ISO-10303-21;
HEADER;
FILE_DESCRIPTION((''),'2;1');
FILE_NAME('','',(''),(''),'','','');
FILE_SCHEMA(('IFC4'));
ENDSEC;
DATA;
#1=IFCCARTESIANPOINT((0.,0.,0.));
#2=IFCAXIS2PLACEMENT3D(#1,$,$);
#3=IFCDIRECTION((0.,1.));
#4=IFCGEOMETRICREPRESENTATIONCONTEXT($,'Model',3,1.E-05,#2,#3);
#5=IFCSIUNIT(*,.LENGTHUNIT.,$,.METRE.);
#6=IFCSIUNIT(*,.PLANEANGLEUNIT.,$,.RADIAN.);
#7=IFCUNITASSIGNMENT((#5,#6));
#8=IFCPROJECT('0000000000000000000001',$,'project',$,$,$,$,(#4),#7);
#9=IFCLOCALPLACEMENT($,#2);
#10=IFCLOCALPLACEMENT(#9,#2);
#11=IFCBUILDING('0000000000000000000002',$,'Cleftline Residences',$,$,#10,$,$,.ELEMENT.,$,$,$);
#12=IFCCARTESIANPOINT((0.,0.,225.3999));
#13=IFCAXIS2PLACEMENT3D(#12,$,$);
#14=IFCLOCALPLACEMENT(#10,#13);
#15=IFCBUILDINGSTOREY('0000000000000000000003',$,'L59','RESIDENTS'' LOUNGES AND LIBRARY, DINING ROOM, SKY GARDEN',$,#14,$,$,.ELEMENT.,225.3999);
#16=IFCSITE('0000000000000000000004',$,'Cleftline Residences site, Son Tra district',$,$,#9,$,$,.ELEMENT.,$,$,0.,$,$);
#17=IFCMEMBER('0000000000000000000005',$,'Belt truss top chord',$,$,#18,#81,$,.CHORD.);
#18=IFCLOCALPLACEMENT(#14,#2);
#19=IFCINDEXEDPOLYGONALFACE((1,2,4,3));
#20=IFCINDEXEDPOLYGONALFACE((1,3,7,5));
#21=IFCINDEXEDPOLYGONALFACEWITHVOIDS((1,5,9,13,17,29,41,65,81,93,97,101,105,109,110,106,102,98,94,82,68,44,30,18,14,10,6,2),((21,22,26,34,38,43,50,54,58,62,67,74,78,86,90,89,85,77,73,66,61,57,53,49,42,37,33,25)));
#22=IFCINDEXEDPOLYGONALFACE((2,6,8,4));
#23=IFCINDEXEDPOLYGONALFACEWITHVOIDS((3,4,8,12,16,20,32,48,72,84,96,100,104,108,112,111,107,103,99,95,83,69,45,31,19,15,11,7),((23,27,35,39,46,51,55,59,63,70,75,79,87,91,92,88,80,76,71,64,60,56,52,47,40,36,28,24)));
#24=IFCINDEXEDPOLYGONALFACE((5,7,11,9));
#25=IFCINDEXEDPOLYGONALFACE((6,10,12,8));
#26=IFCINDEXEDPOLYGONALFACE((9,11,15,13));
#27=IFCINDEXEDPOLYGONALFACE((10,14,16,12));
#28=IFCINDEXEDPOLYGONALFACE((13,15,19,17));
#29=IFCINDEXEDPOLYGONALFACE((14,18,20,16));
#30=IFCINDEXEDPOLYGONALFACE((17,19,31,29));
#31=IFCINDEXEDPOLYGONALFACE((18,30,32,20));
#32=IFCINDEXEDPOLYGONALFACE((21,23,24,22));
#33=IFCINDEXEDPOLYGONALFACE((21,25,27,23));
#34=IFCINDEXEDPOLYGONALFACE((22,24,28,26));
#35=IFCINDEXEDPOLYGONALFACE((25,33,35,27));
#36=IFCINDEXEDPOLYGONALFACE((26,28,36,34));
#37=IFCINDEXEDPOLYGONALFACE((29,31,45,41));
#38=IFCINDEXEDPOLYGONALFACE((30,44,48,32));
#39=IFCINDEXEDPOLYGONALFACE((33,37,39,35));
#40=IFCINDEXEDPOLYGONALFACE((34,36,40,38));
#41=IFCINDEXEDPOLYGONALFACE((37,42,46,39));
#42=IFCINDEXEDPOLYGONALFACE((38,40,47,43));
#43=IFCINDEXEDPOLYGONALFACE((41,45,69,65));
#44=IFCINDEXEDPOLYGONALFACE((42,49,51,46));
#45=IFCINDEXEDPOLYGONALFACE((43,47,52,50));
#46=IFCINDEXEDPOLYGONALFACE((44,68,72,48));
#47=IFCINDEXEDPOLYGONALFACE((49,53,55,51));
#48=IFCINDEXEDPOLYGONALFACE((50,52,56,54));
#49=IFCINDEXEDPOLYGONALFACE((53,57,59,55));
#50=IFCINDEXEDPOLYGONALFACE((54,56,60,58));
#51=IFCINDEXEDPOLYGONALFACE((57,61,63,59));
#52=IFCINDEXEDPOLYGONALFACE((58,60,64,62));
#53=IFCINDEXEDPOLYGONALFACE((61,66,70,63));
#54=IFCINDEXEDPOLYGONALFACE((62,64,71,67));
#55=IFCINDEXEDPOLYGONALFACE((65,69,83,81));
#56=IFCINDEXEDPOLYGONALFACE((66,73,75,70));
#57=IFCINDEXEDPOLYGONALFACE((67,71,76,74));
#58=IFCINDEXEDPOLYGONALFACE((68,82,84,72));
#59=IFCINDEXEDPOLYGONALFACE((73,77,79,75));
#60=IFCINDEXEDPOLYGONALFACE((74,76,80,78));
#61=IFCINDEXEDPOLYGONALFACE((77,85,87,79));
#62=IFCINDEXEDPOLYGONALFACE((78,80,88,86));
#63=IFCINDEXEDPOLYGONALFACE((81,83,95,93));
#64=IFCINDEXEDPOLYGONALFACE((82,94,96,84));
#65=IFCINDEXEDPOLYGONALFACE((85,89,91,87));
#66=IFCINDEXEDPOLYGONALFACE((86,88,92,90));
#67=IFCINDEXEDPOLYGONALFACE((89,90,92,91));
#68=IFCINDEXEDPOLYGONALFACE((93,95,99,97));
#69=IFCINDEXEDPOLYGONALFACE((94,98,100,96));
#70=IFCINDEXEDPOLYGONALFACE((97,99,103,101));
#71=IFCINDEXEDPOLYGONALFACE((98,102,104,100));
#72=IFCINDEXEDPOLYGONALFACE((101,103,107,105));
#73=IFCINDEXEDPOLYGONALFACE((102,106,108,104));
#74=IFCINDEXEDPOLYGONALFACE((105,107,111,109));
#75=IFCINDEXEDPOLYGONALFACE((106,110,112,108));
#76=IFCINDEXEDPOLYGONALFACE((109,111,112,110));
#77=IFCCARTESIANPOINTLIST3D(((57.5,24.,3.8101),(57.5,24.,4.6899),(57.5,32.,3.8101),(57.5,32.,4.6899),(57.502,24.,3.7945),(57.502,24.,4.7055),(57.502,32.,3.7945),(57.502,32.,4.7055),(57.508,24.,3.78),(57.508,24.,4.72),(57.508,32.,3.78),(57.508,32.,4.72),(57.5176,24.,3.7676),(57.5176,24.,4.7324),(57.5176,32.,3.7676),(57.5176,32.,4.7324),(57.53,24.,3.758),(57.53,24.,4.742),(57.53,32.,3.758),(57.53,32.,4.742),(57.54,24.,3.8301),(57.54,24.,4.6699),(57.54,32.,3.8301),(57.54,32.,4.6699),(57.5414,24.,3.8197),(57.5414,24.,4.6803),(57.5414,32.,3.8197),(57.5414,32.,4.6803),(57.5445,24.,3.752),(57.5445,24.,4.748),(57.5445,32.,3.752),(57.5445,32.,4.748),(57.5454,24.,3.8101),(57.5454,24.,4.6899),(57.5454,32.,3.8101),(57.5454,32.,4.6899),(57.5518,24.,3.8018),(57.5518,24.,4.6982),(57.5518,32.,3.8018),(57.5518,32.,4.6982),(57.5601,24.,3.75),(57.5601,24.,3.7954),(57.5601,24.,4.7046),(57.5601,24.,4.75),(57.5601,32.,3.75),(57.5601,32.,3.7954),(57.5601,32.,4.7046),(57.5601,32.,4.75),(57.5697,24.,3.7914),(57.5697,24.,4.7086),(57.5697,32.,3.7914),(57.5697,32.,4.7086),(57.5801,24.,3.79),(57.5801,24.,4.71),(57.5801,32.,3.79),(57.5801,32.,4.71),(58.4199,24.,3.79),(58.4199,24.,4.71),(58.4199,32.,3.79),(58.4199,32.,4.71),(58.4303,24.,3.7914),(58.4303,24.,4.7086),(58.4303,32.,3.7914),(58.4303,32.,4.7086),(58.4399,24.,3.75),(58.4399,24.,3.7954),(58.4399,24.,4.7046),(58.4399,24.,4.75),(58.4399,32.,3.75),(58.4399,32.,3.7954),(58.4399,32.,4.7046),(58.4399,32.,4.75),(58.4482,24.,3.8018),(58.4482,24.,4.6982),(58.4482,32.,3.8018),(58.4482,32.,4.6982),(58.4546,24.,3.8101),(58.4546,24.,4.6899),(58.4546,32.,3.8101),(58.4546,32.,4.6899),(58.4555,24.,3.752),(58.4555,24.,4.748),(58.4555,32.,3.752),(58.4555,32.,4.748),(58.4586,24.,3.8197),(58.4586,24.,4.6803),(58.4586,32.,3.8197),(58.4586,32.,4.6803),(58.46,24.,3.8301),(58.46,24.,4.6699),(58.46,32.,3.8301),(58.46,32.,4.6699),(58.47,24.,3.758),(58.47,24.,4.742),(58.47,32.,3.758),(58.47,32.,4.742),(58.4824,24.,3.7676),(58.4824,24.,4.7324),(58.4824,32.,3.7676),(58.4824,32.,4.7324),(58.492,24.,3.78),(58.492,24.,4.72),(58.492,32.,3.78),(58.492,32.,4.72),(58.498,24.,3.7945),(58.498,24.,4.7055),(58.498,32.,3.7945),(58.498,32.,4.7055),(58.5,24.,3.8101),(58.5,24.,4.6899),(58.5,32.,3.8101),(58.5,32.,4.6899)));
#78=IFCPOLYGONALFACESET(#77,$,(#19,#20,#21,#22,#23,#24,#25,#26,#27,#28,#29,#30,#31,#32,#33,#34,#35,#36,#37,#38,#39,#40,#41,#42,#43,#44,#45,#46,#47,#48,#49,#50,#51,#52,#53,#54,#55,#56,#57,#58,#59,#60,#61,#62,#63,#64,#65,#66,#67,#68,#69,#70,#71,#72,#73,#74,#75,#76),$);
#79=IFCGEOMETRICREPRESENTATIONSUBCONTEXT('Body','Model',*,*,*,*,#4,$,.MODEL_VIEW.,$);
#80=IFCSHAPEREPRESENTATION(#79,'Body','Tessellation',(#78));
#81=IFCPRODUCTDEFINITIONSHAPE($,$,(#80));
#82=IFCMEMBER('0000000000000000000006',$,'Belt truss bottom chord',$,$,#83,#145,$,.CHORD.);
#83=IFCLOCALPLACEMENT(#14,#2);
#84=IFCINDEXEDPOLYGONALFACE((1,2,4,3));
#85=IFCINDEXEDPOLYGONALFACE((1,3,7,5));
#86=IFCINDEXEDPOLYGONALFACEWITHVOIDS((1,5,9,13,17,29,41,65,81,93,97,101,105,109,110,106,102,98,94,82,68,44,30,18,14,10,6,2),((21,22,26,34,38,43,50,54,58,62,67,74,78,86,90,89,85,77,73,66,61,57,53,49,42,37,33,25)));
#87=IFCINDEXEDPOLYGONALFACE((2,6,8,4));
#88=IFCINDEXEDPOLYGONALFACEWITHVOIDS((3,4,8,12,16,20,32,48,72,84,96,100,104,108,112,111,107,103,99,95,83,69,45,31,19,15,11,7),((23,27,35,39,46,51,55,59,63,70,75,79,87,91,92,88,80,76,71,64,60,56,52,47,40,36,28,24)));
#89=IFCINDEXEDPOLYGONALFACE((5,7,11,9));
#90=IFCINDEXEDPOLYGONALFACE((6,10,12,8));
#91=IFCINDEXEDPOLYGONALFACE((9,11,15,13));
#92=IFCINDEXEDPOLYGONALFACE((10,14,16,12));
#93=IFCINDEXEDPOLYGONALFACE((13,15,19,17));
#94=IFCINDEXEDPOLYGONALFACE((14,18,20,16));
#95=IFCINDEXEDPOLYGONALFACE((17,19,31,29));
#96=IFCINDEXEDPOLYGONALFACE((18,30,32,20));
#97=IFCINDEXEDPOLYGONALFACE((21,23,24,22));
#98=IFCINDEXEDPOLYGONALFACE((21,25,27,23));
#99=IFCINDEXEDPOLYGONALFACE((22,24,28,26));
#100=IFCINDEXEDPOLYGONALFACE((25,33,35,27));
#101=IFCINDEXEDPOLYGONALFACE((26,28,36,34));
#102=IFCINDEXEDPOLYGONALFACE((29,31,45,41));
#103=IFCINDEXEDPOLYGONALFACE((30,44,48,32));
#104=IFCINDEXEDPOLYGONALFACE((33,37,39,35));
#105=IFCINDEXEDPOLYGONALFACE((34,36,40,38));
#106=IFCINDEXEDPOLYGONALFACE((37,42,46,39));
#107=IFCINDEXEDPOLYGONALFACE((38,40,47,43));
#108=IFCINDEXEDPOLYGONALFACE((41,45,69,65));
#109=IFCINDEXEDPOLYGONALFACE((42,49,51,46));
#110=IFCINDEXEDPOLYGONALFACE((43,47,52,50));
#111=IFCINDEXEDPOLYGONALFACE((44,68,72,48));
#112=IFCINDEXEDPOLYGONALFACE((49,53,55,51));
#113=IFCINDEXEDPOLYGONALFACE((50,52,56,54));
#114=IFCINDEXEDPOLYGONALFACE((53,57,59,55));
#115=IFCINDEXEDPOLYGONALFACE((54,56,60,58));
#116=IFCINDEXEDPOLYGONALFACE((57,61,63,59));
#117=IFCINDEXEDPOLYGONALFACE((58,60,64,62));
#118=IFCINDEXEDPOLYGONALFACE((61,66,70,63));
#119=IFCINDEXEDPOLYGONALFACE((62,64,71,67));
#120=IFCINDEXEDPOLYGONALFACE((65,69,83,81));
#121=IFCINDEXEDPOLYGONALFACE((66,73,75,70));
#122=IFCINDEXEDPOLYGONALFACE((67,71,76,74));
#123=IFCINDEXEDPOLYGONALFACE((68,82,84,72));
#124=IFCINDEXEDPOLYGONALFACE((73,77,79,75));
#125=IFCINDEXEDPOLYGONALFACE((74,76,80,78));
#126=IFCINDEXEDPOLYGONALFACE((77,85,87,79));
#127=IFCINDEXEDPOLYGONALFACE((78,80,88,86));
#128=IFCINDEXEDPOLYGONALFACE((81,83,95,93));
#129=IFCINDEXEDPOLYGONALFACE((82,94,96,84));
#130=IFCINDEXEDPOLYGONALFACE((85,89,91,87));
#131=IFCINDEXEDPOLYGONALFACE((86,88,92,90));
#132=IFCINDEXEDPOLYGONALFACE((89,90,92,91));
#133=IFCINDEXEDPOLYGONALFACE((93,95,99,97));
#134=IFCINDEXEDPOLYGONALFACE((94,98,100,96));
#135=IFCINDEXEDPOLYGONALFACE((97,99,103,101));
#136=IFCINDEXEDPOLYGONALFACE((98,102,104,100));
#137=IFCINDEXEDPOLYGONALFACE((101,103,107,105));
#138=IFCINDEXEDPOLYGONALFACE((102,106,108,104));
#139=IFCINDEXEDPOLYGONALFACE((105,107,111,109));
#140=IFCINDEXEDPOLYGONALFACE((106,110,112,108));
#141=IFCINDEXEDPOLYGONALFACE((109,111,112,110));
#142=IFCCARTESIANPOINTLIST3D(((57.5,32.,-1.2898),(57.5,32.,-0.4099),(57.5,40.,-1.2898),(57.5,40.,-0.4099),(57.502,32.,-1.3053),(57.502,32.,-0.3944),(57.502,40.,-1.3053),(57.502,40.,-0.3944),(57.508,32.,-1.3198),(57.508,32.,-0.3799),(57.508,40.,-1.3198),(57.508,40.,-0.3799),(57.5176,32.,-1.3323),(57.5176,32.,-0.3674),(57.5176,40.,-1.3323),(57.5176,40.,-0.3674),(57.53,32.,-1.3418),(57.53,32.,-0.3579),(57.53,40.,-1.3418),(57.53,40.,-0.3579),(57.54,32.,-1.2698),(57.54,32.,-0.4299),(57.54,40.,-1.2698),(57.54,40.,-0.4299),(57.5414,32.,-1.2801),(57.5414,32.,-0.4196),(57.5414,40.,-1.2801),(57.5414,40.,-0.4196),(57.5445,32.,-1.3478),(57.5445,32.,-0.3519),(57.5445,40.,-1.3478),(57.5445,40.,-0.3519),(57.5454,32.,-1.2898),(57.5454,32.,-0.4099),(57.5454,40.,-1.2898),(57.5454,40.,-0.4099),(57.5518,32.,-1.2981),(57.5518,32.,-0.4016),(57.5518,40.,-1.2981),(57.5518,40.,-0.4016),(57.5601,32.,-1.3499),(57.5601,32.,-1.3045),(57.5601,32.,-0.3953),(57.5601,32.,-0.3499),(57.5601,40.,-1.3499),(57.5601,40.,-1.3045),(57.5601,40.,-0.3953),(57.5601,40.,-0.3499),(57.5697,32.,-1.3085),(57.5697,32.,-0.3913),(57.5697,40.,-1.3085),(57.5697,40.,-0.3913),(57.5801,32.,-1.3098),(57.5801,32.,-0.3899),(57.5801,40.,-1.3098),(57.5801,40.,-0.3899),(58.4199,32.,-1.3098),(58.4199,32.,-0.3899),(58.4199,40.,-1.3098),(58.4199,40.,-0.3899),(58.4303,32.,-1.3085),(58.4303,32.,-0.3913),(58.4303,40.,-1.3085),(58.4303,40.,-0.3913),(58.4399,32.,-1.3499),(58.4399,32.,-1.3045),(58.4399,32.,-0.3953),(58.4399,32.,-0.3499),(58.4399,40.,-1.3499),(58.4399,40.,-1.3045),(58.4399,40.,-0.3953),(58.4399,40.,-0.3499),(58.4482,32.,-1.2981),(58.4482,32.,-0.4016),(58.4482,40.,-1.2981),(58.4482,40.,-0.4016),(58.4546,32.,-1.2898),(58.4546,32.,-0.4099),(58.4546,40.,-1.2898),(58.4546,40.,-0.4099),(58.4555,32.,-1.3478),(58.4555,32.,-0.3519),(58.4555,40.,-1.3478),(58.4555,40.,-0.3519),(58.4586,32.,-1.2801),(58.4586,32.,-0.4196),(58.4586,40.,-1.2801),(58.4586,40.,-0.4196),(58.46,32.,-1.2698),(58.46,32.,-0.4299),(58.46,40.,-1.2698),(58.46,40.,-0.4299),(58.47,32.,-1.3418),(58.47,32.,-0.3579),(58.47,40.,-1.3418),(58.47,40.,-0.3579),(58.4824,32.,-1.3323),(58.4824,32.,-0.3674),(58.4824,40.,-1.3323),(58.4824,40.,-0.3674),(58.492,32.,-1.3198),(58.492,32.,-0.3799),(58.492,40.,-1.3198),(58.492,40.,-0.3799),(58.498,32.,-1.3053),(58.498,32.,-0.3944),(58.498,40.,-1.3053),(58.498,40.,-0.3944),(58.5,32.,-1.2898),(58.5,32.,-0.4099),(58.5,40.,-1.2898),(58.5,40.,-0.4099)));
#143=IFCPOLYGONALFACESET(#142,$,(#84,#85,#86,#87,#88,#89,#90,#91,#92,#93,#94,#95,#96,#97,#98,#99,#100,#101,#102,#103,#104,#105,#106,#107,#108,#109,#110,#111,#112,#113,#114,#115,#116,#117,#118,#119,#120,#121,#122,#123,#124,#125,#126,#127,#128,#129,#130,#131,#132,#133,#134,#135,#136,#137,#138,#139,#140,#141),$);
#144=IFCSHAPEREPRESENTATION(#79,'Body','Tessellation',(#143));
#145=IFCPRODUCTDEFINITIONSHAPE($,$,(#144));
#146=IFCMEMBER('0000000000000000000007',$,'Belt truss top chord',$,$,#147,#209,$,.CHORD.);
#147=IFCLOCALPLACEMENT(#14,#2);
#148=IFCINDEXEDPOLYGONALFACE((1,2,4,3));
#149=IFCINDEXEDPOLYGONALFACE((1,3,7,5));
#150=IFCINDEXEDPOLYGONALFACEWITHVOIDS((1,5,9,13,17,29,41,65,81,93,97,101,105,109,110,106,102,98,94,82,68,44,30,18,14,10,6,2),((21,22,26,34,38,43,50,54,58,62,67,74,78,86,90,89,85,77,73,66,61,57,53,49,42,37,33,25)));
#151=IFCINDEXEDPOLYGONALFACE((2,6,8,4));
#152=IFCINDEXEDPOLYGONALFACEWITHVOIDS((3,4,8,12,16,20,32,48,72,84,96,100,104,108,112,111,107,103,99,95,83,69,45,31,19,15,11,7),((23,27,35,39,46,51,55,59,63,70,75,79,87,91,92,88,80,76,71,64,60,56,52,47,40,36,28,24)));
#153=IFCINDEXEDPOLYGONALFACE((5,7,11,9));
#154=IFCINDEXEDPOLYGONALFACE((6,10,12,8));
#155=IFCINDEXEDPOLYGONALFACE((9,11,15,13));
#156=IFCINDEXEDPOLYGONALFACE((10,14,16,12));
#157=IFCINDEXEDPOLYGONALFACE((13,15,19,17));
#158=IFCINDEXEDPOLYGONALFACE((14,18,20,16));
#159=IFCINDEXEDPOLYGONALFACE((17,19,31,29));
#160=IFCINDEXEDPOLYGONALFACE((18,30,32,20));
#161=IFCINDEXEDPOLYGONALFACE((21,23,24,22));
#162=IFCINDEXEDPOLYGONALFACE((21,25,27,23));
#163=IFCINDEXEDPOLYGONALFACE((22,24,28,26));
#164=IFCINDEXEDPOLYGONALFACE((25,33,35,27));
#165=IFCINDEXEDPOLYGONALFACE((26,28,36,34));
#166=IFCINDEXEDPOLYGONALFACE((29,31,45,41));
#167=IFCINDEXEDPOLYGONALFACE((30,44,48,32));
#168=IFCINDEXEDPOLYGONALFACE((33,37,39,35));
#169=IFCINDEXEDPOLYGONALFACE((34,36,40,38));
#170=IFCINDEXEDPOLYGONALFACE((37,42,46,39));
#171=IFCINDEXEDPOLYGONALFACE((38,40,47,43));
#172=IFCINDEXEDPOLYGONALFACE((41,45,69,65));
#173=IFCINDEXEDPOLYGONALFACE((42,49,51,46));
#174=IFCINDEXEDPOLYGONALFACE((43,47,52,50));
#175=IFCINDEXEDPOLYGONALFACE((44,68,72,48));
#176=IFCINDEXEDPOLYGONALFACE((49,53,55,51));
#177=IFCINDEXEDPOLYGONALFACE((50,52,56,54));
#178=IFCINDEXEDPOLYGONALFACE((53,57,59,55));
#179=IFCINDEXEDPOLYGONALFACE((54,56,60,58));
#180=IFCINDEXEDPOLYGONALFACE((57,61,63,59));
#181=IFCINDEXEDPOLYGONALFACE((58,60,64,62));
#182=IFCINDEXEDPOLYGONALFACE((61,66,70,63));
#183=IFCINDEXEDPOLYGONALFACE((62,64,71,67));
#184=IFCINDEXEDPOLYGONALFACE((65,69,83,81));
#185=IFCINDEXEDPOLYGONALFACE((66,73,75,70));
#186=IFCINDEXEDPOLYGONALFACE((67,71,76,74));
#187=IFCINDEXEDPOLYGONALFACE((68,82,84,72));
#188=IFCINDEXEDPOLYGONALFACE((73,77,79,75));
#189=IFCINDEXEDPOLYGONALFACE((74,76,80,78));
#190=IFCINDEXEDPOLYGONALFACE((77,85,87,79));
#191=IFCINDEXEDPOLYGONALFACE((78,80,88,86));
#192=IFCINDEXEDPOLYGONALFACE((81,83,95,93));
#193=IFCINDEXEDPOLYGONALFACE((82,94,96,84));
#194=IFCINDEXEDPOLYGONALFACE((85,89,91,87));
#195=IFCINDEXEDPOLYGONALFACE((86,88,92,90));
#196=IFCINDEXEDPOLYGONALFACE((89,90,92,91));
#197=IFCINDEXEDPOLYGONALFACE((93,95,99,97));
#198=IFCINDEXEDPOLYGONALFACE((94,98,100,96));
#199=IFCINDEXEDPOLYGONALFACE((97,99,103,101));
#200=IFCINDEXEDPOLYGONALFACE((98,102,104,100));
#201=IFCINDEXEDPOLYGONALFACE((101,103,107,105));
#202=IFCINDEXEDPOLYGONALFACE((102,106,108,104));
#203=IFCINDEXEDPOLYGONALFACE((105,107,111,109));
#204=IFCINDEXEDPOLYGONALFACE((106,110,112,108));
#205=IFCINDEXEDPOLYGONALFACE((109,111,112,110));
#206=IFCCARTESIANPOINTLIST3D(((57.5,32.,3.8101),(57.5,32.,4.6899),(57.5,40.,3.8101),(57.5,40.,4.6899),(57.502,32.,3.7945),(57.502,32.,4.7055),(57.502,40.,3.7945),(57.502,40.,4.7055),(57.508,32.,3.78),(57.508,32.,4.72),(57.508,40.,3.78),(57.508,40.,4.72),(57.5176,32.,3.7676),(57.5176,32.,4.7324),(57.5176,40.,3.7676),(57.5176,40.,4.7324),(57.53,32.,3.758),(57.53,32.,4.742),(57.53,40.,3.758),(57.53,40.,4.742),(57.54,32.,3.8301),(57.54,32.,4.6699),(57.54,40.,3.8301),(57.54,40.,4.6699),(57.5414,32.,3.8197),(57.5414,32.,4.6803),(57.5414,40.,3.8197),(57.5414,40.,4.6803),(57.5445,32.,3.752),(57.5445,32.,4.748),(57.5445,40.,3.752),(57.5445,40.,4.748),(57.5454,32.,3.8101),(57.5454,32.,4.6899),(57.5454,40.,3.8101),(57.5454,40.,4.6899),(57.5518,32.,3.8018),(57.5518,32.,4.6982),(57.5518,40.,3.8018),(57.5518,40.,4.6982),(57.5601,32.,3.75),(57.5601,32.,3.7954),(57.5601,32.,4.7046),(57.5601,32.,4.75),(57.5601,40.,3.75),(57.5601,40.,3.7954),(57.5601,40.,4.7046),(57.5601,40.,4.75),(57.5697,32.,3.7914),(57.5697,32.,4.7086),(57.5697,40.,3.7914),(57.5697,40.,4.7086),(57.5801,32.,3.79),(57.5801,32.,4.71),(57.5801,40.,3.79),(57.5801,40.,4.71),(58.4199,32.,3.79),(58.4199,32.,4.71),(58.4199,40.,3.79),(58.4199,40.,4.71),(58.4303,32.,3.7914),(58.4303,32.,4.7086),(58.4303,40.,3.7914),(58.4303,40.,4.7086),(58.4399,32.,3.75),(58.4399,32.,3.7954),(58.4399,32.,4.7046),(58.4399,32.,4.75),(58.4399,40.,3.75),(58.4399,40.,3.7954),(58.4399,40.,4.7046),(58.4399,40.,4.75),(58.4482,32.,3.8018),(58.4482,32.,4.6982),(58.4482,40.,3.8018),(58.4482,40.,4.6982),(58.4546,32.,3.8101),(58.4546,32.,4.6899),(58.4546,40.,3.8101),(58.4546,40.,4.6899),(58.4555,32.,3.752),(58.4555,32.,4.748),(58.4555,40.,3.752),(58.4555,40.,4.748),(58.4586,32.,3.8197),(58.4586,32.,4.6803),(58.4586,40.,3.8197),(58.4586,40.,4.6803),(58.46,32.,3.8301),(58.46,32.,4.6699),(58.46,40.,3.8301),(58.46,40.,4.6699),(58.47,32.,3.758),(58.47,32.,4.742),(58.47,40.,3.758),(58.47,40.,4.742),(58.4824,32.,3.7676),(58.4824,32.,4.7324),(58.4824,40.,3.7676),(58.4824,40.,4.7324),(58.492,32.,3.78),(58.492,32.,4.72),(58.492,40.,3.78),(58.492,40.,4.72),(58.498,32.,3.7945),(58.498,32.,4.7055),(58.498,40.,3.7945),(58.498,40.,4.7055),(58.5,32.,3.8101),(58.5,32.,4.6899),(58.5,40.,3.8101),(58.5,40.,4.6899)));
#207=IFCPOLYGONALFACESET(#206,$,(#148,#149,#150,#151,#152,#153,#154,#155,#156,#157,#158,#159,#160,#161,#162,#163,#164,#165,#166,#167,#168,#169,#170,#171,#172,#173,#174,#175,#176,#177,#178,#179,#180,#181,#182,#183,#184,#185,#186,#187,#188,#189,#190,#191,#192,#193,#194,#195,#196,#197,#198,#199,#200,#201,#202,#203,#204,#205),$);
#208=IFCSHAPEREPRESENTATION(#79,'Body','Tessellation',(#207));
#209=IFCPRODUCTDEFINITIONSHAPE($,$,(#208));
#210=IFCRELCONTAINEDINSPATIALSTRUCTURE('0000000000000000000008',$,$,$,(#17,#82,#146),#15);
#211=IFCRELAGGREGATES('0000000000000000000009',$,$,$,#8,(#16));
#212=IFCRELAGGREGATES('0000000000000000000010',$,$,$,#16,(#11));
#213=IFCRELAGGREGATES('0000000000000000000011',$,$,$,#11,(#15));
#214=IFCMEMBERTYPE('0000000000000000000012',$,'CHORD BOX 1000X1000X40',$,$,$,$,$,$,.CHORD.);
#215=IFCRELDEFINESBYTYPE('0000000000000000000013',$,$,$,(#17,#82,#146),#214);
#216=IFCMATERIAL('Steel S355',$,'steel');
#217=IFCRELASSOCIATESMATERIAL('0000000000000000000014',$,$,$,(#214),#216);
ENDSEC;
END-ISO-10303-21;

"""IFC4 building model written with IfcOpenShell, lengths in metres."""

from ifc_helpers import new_model, si_unit, direction, frame, origin, origin_2d, place, context, subcontext, project, spatial, hollow_rectangle, extrude, material, material_profile, profile_set, type_object, element, save


model = new_model("IFC4")

# Units and contexts
model_context = context("Model", 3, precision=1e-05, world=origin(), true_north=direction((0.0, 1.0)))
body_context = subcontext(model_context, "Body", "Model", "MODEL_VIEW")
ifc_project = project(units=[si_unit("LENGTHUNIT", "METRE"), si_unit("PLANEANGLEUNIT", "RADIAN")], contexts=[model_context])

# Site, building, storey
site_placement = place(None, origin())
site = spatial("IfcSite", under=ifc_project, at=site_placement, Name="Cleftline Residences site, Son Tra district", CompositionType="ELEMENT", RefElevation=0.0)
building_placement = place(site_placement, origin())
building = spatial("IfcBuilding", under=site, at=building_placement, Name="Cleftline Residences", CompositionType="ELEMENT")
storey_placement = place(building_placement, frame((0.0, 0.0, 225.3999)))
storey = spatial("IfcBuildingStorey", under=building, at=storey_placement, Name="L59", Description="RESIDENTS' LOUNGES AND LIBRARY, DINING ROOM, SKY GARDEN", CompositionType="ELEMENT", Elevation=225.3999)

# Members
ifc_material_1 = material(Name="Steel S355", Category="steel")
ifc_material_profile_1 = material_profile(ifc_material_1, hollow_rectangle(XDim=1.0, YDim=1.0, WallThickness=0.04, InnerFilletRadius=0.04, OuterFilletRadius=0.0601, at=origin_2d()))
ifc_profile_set_1 = profile_set([ifc_material_profile_1], Name="Steel S355")
member_type_1 = type_object("IfcMemberType", Name="CHORD BOX 1000X1000X40", PredefinedType="CHORD", material=ifc_profile_set_1)
for number, where, z_axis, x_axis, name in (
    (1, (58.0, 24.0, 4.25), (0.0, 1.0, 0.0), (-1.0, 0.0, 0.0), "Belt truss top chord"),
    (2, (58.0, 32.0, -0.8499), (0.0, 1.0, 0.0), (-1.0, 0.0, 0.0), "Belt truss bottom chord"),
    (3, (58.0, 32.0, 4.25), (0.0, 1.0, 0.0), (-1.0, 0.0, 0.0), "Belt truss top chord"),
):
    element("IfcMember", number, at=place(storey_placement, frame(where, z_axis=z_axis, x_axis=x_axis)), inside=storey, type_object=member_type_1, Name=name, PredefinedType="CHORD", context=body_context, shape_type="SweptSolid", body=[
        extrude(hollow_rectangle(XDim=1.0, YDim=1.0, WallThickness=0.04, InnerFilletRadius=0.04, OuterFilletRadius=0.0601, at=origin_2d()), origin(), (0.0, 0.0, 1.0), 8.0),
    ])

save(model, "model.ifc")
